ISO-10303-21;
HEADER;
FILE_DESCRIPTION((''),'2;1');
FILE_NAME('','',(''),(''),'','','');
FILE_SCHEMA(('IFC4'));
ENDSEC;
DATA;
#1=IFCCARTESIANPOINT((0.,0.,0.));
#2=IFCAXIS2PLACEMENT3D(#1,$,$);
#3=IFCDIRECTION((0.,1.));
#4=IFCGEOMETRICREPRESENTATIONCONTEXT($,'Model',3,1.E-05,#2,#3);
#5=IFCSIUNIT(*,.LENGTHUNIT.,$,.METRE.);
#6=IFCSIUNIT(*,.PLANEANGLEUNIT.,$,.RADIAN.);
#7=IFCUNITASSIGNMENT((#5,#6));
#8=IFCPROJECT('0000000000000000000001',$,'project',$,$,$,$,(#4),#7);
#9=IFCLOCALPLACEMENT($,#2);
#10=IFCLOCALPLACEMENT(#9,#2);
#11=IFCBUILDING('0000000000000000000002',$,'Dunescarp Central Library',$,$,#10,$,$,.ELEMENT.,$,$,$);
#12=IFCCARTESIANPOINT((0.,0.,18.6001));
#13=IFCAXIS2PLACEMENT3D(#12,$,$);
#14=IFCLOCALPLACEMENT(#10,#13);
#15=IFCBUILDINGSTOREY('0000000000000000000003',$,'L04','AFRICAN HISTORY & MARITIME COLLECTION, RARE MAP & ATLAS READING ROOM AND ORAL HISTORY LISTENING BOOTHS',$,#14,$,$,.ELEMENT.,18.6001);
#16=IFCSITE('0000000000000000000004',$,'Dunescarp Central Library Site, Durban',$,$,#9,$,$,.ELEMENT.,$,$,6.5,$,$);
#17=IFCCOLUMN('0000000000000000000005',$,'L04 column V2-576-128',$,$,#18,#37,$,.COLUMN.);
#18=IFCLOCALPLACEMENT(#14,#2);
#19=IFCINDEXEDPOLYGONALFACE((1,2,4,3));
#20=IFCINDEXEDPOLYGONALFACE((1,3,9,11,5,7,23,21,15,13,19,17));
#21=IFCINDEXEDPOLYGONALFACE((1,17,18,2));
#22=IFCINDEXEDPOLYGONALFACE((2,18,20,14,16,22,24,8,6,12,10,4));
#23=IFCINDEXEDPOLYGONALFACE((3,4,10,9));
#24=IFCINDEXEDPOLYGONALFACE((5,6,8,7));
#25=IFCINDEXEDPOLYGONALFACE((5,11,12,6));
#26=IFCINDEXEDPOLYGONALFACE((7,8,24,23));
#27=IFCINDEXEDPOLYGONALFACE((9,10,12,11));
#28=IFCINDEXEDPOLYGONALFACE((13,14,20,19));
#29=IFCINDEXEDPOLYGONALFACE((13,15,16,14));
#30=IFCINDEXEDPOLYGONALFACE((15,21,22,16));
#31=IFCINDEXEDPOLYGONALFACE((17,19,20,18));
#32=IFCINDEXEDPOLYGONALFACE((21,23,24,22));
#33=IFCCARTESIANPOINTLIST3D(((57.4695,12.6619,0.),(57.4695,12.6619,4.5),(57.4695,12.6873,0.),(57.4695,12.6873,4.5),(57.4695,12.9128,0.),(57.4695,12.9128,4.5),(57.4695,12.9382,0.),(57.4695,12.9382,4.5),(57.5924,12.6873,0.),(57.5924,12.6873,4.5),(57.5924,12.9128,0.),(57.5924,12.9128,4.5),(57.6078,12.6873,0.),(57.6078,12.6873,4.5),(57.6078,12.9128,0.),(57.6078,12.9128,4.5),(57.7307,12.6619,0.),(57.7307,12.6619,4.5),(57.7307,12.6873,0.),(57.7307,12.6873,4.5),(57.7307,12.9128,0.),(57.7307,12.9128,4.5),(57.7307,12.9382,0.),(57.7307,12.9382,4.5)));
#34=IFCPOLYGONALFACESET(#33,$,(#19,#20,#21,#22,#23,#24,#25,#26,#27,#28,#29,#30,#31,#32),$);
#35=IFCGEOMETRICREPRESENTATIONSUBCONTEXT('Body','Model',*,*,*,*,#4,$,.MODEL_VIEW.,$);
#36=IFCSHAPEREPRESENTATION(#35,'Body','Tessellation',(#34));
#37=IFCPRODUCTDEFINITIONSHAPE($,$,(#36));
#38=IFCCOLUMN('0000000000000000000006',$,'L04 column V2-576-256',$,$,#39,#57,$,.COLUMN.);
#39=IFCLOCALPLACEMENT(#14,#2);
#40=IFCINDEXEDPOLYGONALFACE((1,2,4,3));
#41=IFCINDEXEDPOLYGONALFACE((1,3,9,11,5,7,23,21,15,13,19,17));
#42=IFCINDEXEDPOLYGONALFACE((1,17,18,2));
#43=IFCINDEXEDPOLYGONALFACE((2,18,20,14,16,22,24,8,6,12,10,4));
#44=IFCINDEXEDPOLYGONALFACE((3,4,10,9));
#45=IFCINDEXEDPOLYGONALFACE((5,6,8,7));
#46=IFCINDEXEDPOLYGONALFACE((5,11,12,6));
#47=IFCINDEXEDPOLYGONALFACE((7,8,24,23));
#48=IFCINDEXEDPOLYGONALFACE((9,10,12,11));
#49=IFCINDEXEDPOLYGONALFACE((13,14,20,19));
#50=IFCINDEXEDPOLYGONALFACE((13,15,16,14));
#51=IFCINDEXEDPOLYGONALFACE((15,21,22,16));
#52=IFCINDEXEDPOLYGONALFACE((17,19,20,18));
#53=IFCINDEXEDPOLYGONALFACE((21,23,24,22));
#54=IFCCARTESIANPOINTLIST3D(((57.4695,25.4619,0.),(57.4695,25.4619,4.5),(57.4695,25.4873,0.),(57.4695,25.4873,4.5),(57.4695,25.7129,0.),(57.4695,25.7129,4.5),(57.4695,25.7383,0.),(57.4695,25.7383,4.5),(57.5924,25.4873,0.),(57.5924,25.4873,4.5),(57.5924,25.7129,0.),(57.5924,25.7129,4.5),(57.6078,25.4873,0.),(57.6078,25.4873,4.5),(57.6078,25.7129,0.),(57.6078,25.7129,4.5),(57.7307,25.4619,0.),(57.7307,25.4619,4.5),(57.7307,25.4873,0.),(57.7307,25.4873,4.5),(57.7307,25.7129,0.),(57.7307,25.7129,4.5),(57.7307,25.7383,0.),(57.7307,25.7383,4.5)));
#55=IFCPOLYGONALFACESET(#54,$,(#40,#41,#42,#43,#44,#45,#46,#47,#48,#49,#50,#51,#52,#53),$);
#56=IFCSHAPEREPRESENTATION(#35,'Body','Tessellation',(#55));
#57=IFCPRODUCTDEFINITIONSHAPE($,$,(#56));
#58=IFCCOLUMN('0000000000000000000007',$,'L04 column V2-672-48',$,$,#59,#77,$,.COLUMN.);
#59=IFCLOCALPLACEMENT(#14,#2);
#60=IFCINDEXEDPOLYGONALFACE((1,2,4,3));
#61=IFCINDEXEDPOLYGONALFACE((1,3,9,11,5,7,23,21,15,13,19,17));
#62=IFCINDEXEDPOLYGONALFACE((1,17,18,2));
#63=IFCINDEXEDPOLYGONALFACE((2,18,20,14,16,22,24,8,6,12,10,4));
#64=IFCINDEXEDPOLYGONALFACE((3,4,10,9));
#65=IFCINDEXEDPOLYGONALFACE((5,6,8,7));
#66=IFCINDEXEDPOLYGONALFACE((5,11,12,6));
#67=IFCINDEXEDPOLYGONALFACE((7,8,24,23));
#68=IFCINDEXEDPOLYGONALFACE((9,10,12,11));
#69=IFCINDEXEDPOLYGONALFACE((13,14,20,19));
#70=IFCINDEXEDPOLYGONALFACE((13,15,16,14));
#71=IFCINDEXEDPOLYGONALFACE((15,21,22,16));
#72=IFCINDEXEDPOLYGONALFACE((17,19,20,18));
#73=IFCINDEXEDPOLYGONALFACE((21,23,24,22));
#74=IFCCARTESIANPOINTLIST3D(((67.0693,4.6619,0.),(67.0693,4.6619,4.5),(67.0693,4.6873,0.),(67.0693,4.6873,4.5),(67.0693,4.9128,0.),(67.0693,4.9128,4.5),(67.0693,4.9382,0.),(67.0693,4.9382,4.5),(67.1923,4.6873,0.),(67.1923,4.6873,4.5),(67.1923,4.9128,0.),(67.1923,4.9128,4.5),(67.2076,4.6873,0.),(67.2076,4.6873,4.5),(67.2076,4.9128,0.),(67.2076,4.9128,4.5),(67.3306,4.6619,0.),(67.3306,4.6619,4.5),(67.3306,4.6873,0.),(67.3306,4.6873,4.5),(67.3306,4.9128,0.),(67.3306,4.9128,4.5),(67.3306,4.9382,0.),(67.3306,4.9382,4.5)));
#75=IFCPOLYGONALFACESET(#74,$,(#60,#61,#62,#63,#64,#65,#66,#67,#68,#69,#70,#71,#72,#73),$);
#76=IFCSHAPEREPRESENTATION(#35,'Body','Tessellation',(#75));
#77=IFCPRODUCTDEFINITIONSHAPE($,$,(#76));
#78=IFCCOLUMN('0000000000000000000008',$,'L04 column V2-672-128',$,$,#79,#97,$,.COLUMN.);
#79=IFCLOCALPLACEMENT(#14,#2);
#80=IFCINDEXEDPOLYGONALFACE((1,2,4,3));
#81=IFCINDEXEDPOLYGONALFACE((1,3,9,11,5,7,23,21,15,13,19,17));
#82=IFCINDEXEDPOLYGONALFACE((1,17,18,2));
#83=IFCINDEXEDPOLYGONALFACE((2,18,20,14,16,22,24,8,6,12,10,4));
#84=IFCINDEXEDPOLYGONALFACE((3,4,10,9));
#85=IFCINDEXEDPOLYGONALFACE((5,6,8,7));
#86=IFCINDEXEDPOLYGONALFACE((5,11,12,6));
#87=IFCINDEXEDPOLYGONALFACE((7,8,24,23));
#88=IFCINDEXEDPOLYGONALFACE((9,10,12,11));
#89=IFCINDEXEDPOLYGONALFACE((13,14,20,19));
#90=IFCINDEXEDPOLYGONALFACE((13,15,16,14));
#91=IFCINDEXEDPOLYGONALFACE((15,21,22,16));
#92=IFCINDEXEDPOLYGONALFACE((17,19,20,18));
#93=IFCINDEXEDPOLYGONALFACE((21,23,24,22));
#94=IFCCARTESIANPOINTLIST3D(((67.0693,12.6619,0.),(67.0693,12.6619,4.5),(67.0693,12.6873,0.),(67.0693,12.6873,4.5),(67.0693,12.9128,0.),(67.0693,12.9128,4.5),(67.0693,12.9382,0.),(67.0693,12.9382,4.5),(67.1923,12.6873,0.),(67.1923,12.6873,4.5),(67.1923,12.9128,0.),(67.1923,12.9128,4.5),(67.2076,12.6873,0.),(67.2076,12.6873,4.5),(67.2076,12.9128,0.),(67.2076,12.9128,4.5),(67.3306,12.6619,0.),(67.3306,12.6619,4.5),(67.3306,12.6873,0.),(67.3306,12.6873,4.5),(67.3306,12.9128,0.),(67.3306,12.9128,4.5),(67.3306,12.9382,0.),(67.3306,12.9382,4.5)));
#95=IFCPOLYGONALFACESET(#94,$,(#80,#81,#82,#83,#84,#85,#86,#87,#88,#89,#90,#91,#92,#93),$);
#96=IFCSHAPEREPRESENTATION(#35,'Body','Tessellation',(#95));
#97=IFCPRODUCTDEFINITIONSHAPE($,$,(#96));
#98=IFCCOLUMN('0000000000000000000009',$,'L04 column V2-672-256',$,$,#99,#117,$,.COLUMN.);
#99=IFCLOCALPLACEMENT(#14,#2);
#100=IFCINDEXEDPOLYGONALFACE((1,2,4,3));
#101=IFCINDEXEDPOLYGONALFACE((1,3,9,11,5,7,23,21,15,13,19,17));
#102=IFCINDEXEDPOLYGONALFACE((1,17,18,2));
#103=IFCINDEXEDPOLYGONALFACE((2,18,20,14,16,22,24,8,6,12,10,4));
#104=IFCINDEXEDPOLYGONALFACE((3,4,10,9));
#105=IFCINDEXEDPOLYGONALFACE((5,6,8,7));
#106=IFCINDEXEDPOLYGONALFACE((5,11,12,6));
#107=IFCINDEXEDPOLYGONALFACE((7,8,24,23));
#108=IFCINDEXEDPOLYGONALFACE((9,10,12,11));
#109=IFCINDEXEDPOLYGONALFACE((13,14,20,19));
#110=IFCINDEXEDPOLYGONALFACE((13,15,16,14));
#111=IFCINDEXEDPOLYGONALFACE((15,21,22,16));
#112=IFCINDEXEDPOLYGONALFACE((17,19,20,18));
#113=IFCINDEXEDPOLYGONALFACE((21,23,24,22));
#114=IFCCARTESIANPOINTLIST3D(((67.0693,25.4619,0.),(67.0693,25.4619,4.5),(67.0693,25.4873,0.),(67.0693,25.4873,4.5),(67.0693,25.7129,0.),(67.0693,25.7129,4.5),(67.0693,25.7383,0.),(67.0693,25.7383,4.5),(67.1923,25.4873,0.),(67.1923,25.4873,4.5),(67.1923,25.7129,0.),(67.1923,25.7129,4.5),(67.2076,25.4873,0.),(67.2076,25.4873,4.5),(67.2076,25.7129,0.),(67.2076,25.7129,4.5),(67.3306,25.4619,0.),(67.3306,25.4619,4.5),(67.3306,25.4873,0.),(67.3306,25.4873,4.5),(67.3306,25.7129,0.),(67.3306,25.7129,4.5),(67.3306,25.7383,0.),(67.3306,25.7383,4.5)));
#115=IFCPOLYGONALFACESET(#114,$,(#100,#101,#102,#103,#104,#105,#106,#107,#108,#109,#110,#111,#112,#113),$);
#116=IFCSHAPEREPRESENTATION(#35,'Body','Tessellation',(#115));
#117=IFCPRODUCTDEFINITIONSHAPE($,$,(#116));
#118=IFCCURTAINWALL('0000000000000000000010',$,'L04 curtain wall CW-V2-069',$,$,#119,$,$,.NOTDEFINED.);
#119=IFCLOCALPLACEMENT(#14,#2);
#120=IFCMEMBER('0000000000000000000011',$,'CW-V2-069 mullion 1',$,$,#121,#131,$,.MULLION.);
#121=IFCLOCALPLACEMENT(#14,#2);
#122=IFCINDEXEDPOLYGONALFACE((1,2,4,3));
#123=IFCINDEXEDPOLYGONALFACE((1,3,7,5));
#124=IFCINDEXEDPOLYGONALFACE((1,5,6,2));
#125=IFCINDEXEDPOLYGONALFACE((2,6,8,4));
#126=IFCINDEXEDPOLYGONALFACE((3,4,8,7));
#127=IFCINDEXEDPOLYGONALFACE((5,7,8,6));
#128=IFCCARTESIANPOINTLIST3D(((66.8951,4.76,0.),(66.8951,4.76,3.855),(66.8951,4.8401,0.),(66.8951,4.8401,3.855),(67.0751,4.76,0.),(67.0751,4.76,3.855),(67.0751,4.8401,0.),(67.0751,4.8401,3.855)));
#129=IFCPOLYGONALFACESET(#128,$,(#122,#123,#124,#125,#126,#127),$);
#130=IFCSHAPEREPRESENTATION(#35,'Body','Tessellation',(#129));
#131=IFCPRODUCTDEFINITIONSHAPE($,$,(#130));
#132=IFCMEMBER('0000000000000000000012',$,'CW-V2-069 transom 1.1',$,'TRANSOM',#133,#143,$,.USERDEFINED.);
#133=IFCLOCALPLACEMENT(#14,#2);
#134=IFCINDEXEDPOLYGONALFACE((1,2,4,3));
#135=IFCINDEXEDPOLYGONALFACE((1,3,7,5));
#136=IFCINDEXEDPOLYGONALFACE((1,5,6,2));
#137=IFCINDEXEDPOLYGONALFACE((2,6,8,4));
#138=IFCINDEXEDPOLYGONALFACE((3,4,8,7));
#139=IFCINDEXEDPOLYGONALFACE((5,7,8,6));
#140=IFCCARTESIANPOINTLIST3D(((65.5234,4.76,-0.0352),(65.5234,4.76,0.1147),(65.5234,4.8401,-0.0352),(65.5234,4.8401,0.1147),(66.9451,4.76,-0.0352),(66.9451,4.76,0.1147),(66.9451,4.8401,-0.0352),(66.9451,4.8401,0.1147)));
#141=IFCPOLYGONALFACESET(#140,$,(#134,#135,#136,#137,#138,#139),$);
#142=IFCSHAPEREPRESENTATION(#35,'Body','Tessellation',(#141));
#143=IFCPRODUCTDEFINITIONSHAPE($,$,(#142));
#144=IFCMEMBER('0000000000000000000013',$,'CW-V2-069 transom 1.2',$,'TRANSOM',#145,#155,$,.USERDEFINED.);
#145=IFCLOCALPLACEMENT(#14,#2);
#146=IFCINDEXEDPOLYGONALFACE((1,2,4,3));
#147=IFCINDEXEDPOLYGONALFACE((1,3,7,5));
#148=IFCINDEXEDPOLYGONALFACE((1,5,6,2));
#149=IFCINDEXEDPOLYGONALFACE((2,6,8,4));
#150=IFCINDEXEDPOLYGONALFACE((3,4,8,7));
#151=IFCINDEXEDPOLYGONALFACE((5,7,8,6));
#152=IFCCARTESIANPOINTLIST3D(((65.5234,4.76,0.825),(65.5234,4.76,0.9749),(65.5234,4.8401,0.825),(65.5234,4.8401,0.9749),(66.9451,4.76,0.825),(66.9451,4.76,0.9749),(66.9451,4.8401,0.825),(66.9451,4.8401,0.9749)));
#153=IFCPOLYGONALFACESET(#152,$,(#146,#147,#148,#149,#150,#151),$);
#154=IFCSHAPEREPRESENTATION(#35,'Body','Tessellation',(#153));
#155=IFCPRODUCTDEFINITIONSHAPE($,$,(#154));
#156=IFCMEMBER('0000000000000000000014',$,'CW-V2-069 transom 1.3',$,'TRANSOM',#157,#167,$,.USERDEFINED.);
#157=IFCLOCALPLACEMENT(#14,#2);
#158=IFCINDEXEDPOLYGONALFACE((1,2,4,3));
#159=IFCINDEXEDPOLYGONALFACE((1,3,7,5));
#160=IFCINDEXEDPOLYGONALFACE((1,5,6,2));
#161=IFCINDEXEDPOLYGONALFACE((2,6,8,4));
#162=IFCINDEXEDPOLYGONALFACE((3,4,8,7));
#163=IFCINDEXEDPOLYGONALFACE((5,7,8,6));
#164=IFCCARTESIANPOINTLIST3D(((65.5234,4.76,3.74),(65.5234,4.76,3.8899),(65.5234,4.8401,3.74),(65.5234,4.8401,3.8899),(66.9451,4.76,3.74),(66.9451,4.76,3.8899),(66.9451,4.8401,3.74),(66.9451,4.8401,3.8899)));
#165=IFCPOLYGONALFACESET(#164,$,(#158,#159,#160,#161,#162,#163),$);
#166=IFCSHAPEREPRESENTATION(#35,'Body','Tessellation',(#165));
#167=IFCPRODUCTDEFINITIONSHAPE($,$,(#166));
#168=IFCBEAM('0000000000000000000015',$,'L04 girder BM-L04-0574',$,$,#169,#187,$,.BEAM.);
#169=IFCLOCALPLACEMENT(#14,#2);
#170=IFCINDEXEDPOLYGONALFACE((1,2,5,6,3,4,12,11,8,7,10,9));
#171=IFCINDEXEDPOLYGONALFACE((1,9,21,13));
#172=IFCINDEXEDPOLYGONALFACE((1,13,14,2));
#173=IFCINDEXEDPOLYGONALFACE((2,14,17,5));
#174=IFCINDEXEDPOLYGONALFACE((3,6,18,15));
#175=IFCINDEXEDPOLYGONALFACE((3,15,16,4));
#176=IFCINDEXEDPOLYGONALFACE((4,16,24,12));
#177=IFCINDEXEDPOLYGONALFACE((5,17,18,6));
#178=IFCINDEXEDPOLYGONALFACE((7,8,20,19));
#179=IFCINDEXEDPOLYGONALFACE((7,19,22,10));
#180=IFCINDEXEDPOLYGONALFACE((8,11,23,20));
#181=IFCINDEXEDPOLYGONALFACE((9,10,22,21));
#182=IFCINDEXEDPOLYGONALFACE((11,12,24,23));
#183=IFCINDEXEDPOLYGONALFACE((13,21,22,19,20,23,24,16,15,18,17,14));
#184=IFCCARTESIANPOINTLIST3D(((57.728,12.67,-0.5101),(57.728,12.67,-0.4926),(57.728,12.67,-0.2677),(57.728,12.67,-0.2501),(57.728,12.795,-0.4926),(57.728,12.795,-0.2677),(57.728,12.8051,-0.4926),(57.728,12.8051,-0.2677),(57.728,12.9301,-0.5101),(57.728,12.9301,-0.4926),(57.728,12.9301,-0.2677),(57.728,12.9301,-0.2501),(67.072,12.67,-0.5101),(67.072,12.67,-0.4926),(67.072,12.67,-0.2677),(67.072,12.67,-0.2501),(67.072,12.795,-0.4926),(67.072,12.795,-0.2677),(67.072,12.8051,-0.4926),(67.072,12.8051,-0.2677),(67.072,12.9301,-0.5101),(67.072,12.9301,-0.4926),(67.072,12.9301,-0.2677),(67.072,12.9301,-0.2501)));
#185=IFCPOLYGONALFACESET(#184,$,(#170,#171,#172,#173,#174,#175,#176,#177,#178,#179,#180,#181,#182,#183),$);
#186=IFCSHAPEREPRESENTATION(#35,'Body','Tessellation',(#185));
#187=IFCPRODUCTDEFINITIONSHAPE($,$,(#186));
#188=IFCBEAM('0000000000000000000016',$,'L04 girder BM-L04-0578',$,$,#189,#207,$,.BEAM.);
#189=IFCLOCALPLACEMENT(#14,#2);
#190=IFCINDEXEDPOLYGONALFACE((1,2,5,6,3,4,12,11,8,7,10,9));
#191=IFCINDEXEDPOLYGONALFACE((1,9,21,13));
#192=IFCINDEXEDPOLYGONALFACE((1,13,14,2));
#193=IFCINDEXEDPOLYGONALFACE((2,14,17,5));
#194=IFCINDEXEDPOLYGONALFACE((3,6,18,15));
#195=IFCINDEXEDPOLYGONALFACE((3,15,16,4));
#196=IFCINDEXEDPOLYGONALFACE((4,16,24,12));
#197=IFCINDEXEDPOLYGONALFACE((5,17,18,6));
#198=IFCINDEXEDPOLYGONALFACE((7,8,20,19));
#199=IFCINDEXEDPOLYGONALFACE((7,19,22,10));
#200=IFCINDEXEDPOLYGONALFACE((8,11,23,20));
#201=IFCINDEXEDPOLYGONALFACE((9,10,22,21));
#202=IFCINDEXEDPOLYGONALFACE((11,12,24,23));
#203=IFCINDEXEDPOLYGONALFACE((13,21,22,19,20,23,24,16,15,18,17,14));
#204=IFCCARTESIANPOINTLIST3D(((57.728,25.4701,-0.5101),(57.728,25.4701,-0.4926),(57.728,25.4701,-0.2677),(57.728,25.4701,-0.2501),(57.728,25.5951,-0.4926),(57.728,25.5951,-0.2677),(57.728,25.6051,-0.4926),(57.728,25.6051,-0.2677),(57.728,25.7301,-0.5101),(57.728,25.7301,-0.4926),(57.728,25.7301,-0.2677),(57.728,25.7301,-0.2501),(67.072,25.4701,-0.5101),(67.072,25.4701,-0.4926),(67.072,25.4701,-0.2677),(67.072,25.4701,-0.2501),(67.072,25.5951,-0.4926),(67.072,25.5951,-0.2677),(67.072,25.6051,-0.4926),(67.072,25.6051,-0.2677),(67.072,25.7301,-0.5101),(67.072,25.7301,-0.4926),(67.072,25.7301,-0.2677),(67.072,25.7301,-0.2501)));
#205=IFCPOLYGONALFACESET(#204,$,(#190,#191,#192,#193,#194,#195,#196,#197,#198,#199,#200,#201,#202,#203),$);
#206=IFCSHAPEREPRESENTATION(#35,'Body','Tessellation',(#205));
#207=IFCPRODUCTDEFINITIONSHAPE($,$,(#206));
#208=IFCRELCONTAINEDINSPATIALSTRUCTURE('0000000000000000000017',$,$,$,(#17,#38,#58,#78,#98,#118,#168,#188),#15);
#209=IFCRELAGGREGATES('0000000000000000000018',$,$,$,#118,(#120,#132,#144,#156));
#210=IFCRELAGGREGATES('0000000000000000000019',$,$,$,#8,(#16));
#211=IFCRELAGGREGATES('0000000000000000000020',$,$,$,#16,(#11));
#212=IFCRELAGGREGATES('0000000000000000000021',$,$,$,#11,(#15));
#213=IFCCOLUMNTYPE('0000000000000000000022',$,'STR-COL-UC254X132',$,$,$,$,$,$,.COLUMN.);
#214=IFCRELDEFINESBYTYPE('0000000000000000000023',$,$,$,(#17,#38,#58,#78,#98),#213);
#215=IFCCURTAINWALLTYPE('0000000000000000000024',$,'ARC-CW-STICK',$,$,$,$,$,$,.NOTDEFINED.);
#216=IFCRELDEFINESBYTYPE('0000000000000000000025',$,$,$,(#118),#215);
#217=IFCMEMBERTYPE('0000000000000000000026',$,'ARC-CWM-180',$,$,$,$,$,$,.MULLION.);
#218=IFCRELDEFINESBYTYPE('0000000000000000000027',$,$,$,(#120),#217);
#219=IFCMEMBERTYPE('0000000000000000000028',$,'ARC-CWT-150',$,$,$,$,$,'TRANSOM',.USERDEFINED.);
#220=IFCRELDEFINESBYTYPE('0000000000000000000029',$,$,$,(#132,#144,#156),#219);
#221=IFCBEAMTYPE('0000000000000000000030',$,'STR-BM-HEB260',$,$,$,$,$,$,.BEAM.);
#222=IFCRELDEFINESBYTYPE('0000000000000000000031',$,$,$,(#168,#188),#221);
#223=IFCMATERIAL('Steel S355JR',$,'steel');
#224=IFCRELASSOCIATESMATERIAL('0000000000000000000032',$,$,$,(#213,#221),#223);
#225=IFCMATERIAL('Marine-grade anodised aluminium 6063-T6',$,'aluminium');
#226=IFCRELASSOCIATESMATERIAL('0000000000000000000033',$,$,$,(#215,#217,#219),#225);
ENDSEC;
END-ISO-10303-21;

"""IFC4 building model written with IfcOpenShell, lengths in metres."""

from ifc_helpers import new_model, si_unit, direction, frame, origin, origin_2d, place, context, subcontext, project, spatial, rectangle, i_section, extrude, material, material_profile, profile_set, type_object, element, aggregate, save


model = new_model("IFC4")

# Units and contexts
model_context = context("Model", 3, precision=1e-05, world=origin(), true_north=direction((0.0, 1.0)))
body_context = subcontext(model_context, "Body", "Model", "MODEL_VIEW")
ifc_project = project(units=[si_unit("LENGTHUNIT", "METRE"), si_unit("PLANEANGLEUNIT", "RADIAN")], contexts=[model_context])

# Site, building, storey
site_placement = place(None, origin())
site = spatial("IfcSite", under=ifc_project, at=site_placement, Name="Dunescarp Central Library Site, Durban", CompositionType="ELEMENT", RefElevation=6.5)
building_placement = place(site_placement, origin())
building = spatial("IfcBuilding", under=site, at=building_placement, Name="Dunescarp Central Library", CompositionType="ELEMENT")
storey_placement = place(building_placement, frame((0.0, 0.0, 18.6001)))
storey = spatial("IfcBuildingStorey", under=building, at=storey_placement, Name="L04", Description="AFRICAN HISTORY & MARITIME COLLECTION, RARE MAP & ATLAS READING ROOM AND ORAL HISTORY LISTENING BOOTHS", CompositionType="ELEMENT", Elevation=18.6001)

# Columns
ifc_material_1 = material(Name="Steel S355JR", Category="steel")
ifc_material_profile_1 = material_profile(ifc_material_1, i_section(OverallWidth=0.2612, OverallDepth=0.2764, WebThickness=0.0154, FlangeThickness=0.0254, at=origin_2d()), Name="UC 254x254x132")
ifc_profile_set_1 = profile_set([ifc_material_profile_1], Name="Steel S355JR")
column_type = type_object("IfcColumnType", Name="STR-COL-UC254X132", PredefinedType="COLUMN", material=ifc_profile_set_1)
for number, where, z_axis, x_axis, name in (
    (1, (57.6001, 12.8, 0.0), (0.0, 0.0, 1.0), (1.0, 0.0, 0.0), "L04 column V2-576-128"),
    (2, (57.6001, 25.6001, 0.0), (0.0, 0.0, 1.0), (1.0, 0.0, 0.0), "L04 column V2-576-256"),
    (3, (67.2, 4.8, 0.0), (0.0, 0.0, 1.0), (1.0, 0.0, 0.0), "L04 column V2-672-48"),
    (4, (67.2, 12.8, 0.0), (0.0, 0.0, 1.0), (1.0, 0.0, 0.0), "L04 column V2-672-128"),
    (5, (67.2, 25.6001, 0.0), (0.0, 0.0, 1.0), (1.0, 0.0, 0.0), "L04 column V2-672-256"),
):
    element("IfcColumn", number, at=place(storey_placement, frame(where, z_axis=z_axis, x_axis=x_axis)), inside=storey, type_object=column_type, Name=name, PredefinedType="COLUMN", context=body_context, shape_type="SweptSolid", body=[
        extrude(i_section(OverallWidth=0.2612, OverallDepth=0.2764, WebThickness=0.0154, FlangeThickness=0.0254, at=origin_2d()), origin(), (0.0, 0.0, 1.0), 4.5),
    ])

# Curtain wall, members
ifc_material_2 = material(Name="Marine-grade anodised aluminium 6063-T6", Category="aluminium")
curtain_wall_type = type_object("IfcCurtainWallType", Name="ARC-CW-STICK", PredefinedType="NOTDEFINED", material=ifc_material_2)
curtain_wall_placement = place(storey_placement, origin())
curtain_wall = element("IfcCurtainWall", 6, at=curtain_wall_placement, inside=storey, type_object=curtain_wall_type, Name="L04 curtain wall CW-V2-069", PredefinedType="NOTDEFINED")
ifc_material_profile_2 = material_profile(ifc_material_2, rectangle(XDim=0.0801, YDim=0.1799, at=origin_2d()), Name="AL 80x180")
ifc_profile_set_2 = profile_set([ifc_material_profile_2], Name="Marine-grade anodised aluminium 6063-T6")
member_type_1 = type_object("IfcMemberType", Name="ARC-CWM-180", PredefinedType="MULLION", material=ifc_profile_set_2)
member_1_placement = place(storey_placement, frame((66.9851, 4.8, 0.0), z_axis=(0.0, 0.0, 1.0), x_axis=(0.0, -1.0, 0.0)))
member_1 = element("IfcMember", 7, at=member_1_placement, type_object=member_type_1, Name="CW-V2-069 mullion 1", PredefinedType="MULLION", context=body_context, shape_type="SweptSolid", body=[
    extrude(rectangle(XDim=0.0801, YDim=0.1799, at=origin_2d()), origin(), (0.0, 0.0, 1.0), 3.855),
])
ifc_material_profile_3 = material_profile(ifc_material_2, rectangle(XDim=0.0801, YDim=0.1499, at=origin_2d()), Name="AL 80x150")
ifc_profile_set_3 = profile_set([ifc_material_profile_3], Name="Marine-grade anodised aluminium 6063-T6")
member_type_2 = type_object("IfcMemberType", Name="ARC-CWT-150", ElementType="TRANSOM", PredefinedType="USERDEFINED", material=ifc_profile_set_3)
member_2_placement = place(storey_placement, frame((66.9451, 4.8, 0.0398), z_axis=(-1.0, 0.0, 0.0), x_axis=(0.0, -1.0, 0.0)))
member_2 = element("IfcMember", 8, at=member_2_placement, type_object=member_type_2, Name="CW-V2-069 transom 1.1", ObjectType="TRANSOM", PredefinedType="USERDEFINED", context=body_context, shape_type="SweptSolid", body=[
    extrude(rectangle(XDim=0.0801, YDim=0.1499, at=origin_2d()), origin(), (0.0, 0.0, 1.0), 1.4216),
])
member_3_placement = place(storey_placement, frame((66.9451, 4.8, 0.8999), z_axis=(-1.0, 0.0, 0.0), x_axis=(0.0, -1.0, 0.0)))
member_3 = element("IfcMember", 9, at=member_3_placement, type_object=member_type_2, Name="CW-V2-069 transom 1.2", ObjectType="TRANSOM", PredefinedType="USERDEFINED", context=body_context, shape_type="SweptSolid", body=[
    extrude(rectangle(XDim=0.0801, YDim=0.1499, at=origin_2d()), origin(), (0.0, 0.0, 1.0), 1.4216),
])
member_4_placement = place(storey_placement, frame((66.9451, 4.8, 3.8149), z_axis=(-1.0, 0.0, 0.0), x_axis=(0.0, -1.0, 0.0)))
member_4 = element("IfcMember", 10, at=member_4_placement, type_object=member_type_2, Name="CW-V2-069 transom 1.3", ObjectType="TRANSOM", PredefinedType="USERDEFINED", context=body_context, shape_type="SweptSolid", body=[
    extrude(rectangle(XDim=0.0801, YDim=0.1499, at=origin_2d()), origin(), (0.0, 0.0, 1.0), 1.4216),
])
aggregate(curtain_wall, [member_1, member_2, member_3, member_4])

# Beams
ifc_material_profile_4 = material_profile(ifc_material_1, i_section(OverallWidth=0.26, OverallDepth=0.26, WebThickness=0.01, FlangeThickness=0.0176, at=origin_2d()), Name="HEB 260")
ifc_profile_set_4 = profile_set([ifc_material_profile_4], Name="Steel S355JR")
beam_type_1 = type_object("IfcBeamType", Name="STR-BM-HEB260", PredefinedType="BEAM", material=ifc_profile_set_4)
for number, where, z_axis, x_axis, name in (
    (11, (57.728, 12.8, -0.3801), (1.0, 0.0, 0.0), (0.0, 1.0, 0.0), "L04 girder BM-L04-0574"),
    (12, (57.728, 25.6001, -0.3801), (1.0, 0.0, 0.0), (0.0, 1.0, 0.0), "L04 girder BM-L04-0578"),
):
    element("IfcBeam", number, at=place(storey_placement, frame(where, z_axis=z_axis, x_axis=x_axis)), inside=storey, type_object=beam_type_1, Name=name, PredefinedType="BEAM", context=body_context, shape_type="SweptSolid", body=[
        extrude(i_section(OverallWidth=0.26, OverallDepth=0.26, WebThickness=0.01, FlangeThickness=0.0176, at=origin_2d()), origin(), (0.0, 0.0, 1.0), 9.344),
    ])

save(model, "model.ifc")
